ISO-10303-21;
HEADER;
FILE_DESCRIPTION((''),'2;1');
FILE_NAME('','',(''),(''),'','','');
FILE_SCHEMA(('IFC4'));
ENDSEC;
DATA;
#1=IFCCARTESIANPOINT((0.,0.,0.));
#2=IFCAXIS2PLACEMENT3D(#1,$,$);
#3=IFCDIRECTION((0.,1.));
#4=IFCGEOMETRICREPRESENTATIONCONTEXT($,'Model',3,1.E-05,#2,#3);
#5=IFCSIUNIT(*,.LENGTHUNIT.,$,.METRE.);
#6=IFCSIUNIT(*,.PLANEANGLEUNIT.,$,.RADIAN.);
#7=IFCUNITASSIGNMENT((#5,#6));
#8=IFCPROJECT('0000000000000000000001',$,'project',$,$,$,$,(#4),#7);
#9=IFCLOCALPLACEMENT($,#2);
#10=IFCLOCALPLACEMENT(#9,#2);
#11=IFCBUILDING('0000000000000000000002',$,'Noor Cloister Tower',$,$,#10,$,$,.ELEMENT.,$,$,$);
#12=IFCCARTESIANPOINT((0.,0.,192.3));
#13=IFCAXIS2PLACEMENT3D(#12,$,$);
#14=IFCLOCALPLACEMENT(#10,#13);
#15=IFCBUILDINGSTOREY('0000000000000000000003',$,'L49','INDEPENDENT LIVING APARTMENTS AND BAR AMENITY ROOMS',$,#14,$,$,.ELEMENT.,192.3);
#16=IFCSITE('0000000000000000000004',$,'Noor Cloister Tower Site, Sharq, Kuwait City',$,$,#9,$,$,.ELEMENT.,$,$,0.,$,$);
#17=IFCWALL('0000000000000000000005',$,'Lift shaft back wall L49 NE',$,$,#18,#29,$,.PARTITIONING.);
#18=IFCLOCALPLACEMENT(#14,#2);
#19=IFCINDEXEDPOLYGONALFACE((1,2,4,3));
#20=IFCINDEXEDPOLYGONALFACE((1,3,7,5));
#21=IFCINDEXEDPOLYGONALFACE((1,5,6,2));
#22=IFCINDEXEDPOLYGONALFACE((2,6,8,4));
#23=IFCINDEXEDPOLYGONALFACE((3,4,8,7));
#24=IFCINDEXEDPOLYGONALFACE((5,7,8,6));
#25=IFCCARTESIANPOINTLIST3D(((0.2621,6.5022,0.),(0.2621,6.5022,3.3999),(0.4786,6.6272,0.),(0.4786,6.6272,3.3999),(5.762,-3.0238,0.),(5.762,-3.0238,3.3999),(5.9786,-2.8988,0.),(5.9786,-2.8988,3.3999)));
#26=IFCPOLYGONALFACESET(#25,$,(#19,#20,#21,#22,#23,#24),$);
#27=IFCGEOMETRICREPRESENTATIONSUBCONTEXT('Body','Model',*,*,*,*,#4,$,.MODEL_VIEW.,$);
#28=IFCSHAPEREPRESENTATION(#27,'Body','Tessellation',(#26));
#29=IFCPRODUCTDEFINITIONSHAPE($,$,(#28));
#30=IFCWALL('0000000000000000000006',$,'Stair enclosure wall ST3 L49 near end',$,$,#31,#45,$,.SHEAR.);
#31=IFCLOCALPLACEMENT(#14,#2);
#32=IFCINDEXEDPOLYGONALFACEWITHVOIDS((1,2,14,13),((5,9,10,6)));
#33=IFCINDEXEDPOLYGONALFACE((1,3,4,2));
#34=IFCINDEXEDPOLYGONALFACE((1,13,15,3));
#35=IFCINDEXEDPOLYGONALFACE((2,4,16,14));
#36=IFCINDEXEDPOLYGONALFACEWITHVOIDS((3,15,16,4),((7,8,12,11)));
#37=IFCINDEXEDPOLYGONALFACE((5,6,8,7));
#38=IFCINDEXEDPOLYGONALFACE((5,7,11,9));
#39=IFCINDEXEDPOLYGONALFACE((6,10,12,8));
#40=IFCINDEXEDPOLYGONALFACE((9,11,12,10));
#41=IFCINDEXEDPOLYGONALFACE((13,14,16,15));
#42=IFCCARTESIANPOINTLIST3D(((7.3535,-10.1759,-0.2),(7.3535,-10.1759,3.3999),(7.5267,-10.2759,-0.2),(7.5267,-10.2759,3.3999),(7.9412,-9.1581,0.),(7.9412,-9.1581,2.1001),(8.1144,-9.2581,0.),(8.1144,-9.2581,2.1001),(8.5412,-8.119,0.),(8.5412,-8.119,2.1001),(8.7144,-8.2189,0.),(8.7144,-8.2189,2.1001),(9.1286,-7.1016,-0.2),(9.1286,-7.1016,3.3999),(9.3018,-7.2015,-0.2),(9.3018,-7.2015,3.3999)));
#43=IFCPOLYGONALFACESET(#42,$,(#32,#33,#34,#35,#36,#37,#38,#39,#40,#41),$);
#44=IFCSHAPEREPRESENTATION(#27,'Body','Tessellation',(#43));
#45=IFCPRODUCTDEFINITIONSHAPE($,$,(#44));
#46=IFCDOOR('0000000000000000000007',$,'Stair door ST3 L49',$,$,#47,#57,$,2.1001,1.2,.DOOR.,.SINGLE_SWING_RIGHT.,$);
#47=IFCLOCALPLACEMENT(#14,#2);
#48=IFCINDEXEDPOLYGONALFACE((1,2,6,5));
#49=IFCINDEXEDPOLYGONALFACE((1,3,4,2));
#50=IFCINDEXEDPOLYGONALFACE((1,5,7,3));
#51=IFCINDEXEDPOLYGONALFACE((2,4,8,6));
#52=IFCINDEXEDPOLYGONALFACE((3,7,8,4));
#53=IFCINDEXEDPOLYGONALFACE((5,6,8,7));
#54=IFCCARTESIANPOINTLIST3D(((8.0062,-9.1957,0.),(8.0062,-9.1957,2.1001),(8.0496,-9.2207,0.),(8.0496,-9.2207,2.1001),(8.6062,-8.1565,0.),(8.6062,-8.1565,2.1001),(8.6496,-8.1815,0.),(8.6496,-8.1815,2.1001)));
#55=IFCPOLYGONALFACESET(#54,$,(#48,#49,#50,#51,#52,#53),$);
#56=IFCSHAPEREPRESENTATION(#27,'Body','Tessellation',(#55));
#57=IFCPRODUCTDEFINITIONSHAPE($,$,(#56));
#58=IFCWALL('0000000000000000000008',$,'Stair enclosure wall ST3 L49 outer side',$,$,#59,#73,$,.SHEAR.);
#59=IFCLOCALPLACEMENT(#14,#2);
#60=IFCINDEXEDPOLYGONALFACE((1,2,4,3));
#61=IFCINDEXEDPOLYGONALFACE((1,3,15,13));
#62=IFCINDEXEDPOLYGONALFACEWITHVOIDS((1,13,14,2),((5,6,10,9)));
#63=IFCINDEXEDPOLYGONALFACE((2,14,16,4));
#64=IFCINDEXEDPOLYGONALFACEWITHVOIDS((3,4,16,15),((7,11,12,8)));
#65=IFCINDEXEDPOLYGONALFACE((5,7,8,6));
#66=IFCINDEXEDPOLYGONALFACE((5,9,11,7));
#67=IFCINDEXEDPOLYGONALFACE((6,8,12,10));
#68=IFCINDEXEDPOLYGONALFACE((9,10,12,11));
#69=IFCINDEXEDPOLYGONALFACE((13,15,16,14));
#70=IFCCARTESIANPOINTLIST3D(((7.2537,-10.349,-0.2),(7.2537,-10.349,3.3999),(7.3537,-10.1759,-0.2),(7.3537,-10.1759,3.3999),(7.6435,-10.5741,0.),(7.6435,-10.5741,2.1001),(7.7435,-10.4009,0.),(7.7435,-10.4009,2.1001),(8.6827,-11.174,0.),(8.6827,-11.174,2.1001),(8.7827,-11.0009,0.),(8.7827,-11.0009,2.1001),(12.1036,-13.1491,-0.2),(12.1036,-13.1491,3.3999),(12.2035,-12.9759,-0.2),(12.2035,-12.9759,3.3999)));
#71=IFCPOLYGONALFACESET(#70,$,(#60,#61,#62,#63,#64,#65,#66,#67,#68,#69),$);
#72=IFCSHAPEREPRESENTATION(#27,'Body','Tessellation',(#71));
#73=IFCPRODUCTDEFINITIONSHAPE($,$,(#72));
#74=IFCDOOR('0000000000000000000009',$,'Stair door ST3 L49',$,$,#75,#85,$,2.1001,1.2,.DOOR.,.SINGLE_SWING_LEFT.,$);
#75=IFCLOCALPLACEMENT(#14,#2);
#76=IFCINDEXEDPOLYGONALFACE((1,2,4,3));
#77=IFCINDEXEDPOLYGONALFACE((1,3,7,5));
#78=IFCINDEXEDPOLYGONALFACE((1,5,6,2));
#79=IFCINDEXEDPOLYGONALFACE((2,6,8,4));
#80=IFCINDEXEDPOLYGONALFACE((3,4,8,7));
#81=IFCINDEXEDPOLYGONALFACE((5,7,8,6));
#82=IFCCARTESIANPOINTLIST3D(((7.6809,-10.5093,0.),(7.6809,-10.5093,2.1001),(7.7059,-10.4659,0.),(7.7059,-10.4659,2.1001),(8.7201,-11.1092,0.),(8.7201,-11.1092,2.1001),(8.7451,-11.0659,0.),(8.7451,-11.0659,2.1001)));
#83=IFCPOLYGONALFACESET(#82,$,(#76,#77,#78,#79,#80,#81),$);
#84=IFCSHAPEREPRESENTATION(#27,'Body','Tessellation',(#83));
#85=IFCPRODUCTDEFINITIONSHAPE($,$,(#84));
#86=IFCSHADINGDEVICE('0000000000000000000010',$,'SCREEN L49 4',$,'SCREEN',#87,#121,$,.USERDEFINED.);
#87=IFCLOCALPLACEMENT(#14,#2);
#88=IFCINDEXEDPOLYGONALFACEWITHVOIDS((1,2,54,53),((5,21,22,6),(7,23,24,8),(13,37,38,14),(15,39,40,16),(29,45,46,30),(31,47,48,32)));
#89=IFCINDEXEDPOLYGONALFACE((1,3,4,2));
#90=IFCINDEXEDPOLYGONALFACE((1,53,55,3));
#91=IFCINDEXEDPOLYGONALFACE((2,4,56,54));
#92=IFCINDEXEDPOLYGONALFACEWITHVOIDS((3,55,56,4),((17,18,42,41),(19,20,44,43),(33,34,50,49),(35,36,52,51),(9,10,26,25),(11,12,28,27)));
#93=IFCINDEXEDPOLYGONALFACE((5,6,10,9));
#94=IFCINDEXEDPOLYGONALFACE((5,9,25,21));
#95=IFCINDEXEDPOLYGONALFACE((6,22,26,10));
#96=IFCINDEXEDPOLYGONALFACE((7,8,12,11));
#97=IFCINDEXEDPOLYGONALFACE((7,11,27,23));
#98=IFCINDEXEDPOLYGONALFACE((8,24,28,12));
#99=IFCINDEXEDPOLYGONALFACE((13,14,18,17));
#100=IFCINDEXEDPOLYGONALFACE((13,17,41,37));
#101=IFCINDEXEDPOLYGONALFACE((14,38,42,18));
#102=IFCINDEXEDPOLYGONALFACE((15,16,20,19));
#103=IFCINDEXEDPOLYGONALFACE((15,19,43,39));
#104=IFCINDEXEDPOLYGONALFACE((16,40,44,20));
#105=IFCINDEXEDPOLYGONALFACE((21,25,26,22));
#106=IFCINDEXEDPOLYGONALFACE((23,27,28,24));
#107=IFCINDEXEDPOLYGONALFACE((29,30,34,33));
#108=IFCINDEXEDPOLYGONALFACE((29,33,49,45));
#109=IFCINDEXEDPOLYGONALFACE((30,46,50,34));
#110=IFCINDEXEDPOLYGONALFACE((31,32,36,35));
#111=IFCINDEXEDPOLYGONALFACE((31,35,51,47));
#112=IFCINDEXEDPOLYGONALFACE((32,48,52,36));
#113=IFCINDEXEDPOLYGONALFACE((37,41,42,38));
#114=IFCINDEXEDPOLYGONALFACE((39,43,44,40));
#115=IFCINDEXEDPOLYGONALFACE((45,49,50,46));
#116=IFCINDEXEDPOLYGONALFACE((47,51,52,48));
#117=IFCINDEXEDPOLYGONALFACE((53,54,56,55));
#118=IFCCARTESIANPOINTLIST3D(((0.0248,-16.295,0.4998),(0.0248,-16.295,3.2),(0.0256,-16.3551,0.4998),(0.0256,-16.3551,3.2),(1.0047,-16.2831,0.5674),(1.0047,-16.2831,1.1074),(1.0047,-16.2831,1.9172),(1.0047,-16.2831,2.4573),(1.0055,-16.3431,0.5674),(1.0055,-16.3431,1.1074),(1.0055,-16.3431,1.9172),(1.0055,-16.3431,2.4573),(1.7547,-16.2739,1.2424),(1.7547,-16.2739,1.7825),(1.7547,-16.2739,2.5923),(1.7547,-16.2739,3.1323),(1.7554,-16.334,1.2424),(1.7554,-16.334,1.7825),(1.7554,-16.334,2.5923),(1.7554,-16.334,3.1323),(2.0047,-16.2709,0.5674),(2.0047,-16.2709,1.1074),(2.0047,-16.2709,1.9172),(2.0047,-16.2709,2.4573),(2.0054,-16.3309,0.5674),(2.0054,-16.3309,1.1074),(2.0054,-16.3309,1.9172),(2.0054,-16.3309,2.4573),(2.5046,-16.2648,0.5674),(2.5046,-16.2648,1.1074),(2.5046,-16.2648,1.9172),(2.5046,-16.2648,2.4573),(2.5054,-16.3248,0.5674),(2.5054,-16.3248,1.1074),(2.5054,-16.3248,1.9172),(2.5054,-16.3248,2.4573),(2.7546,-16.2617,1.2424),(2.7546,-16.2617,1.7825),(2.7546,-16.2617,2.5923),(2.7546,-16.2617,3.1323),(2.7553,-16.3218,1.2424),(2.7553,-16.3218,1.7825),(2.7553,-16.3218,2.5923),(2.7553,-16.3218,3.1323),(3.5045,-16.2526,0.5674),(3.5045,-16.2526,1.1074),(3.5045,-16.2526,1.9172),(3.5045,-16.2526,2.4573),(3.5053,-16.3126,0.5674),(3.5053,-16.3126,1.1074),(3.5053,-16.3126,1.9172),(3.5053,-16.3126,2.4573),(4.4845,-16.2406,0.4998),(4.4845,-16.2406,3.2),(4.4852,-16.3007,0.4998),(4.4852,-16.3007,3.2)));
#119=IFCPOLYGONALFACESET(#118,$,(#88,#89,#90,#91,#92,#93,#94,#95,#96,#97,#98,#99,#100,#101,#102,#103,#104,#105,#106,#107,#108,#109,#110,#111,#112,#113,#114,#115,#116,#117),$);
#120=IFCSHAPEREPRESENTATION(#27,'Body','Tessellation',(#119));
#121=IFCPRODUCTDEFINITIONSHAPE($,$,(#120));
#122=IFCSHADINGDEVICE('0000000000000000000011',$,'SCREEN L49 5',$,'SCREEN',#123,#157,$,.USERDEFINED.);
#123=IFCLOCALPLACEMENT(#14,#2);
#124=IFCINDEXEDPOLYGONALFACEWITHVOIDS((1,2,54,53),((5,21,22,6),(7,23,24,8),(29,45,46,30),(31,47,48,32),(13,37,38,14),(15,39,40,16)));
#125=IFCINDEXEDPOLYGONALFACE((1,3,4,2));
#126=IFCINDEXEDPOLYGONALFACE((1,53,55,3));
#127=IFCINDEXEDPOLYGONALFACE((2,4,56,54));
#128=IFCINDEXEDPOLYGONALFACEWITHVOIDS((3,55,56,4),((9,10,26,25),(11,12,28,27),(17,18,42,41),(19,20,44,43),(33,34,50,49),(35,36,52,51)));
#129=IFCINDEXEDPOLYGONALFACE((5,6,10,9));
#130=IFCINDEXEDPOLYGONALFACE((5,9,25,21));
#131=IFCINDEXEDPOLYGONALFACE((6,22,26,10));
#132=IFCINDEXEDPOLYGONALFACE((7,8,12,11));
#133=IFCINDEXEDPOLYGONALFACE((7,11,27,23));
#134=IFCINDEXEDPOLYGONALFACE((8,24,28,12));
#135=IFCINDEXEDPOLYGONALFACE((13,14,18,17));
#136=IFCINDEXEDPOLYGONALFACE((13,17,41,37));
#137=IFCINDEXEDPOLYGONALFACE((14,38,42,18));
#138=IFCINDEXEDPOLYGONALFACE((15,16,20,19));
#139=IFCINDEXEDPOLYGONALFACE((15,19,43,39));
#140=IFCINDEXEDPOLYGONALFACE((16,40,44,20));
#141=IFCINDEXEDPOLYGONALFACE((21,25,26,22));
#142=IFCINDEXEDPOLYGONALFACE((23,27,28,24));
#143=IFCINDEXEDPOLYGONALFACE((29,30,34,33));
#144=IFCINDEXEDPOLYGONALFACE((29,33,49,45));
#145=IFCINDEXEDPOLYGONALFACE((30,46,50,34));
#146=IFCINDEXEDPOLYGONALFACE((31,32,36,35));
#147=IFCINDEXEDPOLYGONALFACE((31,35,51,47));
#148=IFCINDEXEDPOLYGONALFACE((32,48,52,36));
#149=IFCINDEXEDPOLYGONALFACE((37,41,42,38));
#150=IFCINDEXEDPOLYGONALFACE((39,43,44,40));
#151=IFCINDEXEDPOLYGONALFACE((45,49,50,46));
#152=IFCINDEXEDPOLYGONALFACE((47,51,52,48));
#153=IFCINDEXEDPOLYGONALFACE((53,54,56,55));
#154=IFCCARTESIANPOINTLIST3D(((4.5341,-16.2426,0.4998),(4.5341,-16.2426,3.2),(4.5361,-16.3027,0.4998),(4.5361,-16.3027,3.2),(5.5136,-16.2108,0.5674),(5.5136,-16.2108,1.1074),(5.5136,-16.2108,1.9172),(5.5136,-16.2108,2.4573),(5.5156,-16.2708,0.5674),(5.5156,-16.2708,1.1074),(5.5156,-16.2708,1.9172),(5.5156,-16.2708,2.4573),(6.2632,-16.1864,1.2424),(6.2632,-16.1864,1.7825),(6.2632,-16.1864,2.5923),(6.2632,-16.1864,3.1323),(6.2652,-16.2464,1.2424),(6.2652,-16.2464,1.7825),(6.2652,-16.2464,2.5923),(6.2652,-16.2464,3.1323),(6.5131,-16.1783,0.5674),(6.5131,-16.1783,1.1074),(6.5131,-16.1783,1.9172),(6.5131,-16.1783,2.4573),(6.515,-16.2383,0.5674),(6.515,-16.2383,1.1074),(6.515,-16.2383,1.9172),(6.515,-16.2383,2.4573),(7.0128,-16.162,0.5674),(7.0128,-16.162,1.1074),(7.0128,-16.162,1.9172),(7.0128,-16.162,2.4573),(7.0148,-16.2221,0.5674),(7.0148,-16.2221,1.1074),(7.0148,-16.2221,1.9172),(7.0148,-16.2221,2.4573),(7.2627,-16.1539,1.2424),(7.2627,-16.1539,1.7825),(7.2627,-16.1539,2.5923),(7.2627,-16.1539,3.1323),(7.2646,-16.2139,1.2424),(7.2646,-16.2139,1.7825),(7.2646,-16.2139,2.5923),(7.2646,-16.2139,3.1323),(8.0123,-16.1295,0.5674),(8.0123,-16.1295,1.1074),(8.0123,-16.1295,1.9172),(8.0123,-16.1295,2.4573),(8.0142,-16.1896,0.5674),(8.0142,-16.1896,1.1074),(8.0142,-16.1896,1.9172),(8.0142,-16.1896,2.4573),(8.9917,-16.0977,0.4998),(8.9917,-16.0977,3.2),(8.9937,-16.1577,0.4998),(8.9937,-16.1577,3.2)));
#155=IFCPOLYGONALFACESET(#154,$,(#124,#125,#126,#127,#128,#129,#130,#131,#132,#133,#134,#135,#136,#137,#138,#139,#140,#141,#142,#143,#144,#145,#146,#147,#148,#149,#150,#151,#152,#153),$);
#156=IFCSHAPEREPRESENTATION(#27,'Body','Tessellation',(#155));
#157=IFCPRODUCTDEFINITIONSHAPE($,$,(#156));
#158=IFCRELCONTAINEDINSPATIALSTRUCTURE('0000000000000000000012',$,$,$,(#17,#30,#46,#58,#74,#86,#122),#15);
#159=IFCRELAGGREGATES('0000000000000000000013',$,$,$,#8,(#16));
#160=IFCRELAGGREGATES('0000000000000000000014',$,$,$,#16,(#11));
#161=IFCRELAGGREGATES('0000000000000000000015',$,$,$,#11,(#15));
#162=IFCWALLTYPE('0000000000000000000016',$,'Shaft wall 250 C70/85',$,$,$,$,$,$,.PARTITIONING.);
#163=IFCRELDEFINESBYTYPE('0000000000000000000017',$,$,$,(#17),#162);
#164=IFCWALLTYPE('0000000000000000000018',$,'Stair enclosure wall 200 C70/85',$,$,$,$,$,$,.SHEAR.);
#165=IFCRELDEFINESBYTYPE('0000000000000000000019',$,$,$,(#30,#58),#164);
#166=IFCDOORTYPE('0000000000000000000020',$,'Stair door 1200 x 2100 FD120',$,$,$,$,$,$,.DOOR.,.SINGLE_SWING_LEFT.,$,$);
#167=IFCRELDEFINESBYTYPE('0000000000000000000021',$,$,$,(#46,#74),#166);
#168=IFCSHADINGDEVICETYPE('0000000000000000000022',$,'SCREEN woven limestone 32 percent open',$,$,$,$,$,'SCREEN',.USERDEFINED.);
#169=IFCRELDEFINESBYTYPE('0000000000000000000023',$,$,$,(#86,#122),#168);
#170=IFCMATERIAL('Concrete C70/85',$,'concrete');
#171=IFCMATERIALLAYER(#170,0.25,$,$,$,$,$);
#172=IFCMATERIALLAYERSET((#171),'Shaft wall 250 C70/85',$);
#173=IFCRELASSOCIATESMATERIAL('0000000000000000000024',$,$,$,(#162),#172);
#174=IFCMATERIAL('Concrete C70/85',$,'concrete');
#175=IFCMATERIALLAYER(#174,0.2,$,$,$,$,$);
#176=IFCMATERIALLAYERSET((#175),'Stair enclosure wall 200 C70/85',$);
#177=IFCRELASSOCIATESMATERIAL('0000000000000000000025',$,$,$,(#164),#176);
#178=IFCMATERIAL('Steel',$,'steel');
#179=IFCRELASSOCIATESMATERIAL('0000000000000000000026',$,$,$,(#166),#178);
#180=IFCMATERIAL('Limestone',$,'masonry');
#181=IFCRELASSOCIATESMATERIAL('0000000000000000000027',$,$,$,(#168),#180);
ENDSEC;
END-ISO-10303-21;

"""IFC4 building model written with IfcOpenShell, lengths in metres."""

from ifc_helpers import new_model, si_unit, direction, frame, frame_2d, origin, place, context, subcontext, project, spatial, polyline, rectangle, outline, extrude, material, layer, layer_set, material_profile, profile_set, type_object, element, fill, save


model = new_model("IFC4")

# Units and contexts
model_context = context("Model", 3, precision=1e-05, world=origin(), true_north=direction((0.0, 1.0)))
body_context = subcontext(model_context, "Body", "Model", "MODEL_VIEW")
ifc_project = project(units=[si_unit("LENGTHUNIT", "METRE"), si_unit("PLANEANGLEUNIT", "RADIAN")], contexts=[model_context])

# Site, building, storey
site_placement = place(None, origin())
site = spatial("IfcSite", under=ifc_project, at=site_placement, Name="Noor Cloister Tower Site, Sharq, Kuwait City", CompositionType="ELEMENT", RefElevation=0.0)
building_placement = place(site_placement, origin())
building = spatial("IfcBuilding", under=site, at=building_placement, Name="Noor Cloister Tower", CompositionType="ELEMENT")
storey_placement = place(building_placement, frame((0.0, 0.0, 192.3)))
storey = spatial("IfcBuildingStorey", under=building, at=storey_placement, Name="L49", Description="INDEPENDENT LIVING APARTMENTS AND BAR AMENITY ROOMS", CompositionType="ELEMENT", Elevation=192.3)

# Wall
ifc_material_1 = material(Name="Concrete C70/85", Category="concrete")
ifc_layer_1 = layer(ifc_material_1, 0.25)
ifc_layer_set_1 = layer_set([ifc_layer_1], Name="Shaft wall 250 C70/85")
wall_type_1 = type_object("IfcWallType", Name="Shaft wall 250 C70/85", PredefinedType="PARTITIONING", material=ifc_layer_set_1)
wall_1_placement = place(storey_placement, frame((5.8704, -2.9614, 0.0), z_axis=(0.0, 0.0, 1.0), x_axis=(-0.500006, 0.866022, 0.0)))
element("IfcWall", 1, at=wall_1_placement, inside=storey, type_object=wall_type_1, Name="Lift shaft back wall L49 NE", PredefinedType="PARTITIONING", context=body_context, shape_type="SweptSolid", body=[
    extrude(rectangle(XDim=10.9998, YDim=0.25, at=frame_2d((5.5, 0.0))), origin(), (0.0, 0.0, 1.0), 3.3999),
])

# Walls, openings, doors
ifc_material_2 = material(Name="Concrete C70/85", Category="concrete")
ifc_layer_2 = layer(ifc_material_2, 0.2)
ifc_layer_set_2 = layer_set([ifc_layer_2], Name="Stair enclosure wall 200 C70/85")
wall_type_2 = type_object("IfcWallType", Name="Stair enclosure wall 200 C70/85", PredefinedType="SHEAR", material=ifc_layer_set_2)
wall_2_placement = place(storey_placement, frame((7.4402, -10.2258, -0.2), z_axis=(0.0, 0.0, 1.0), x_axis=(0.500022, 0.866013, 0.0)))
wall_2 = element("IfcWall", 2, at=wall_2_placement, inside=storey, type_object=wall_type_2, Name="Stair enclosure wall ST3 L49 near end", PredefinedType="SHEAR", context=body_context, shape_type="SweptSolid", body=[
    extrude(rectangle(XDim=3.55, YDim=0.2, at=frame_2d((1.7749, 0.0))), origin(), (0.0, 0.0, 1.0), 3.5999),
])
opening_1_placement = place(wall_2_placement, frame((1.175, 0.0, 0.2)))
opening_1 = element("IfcOpeningElement", 3, at=opening_1_placement, cuts=wall_2, PredefinedType="OPENING", context=body_context, shape_type="SweptSolid", body=[
    extrude(rectangle(XDim=1.2, YDim=2.1001, at=frame_2d((0.6001, 1.05))), frame((0.0, 0.1099, 0.0), z_axis=(0.0, -1.0, 0.0), x_axis=(1.0, 0.0, 0.0)), (0.0, 0.0, 1.0), 0.22),
])
ifc_material_3 = material(Name="Steel", Category="steel")
door_type_1 = type_object("IfcDoorType", Name="Stair door 1200 x 2100 FD120", OperationType="SINGLE_SWING_LEFT", PredefinedType="DOOR", material=ifc_material_3)
door_1_placement = place(opening_1_placement, origin())
door_1 = element("IfcDoor", 4, at=door_1_placement, inside=storey, type_object=door_type_1, Name="Stair door ST3 L49", OperationType="SINGLE_SWING_RIGHT", OverallHeight=2.1001, OverallWidth=1.2, PredefinedType="DOOR", context=body_context, shape_type="SweptSolid", body=[
    extrude(rectangle(XDim=1.2, YDim=2.1001, at=frame_2d((0.6001, 1.05))), frame((0.0, 0.0249, 0.0), z_axis=(0.0, -1.0, 0.0), x_axis=(1.0, 0.0, 0.0)), (0.0, 0.0, 1.0), 0.05),
])
fill(opening_1, door_1)
wall_3_placement = place(storey_placement, frame((7.3037, -10.2625, -0.2), z_axis=(0.0, 0.0, 1.0), x_axis=(0.866027, -0.499998, 0.0)))
wall_3 = element("IfcWall", 5, at=wall_3_placement, inside=storey, type_object=wall_type_2, Name="Stair enclosure wall ST3 L49 outer side", PredefinedType="SHEAR", context=body_context, shape_type="SweptSolid", body=[
    extrude(rectangle(XDim=5.6001, YDim=0.2, at=frame_2d((2.8, 0.0))), origin(), (0.0, 0.0, 1.0), 3.5999),
])
opening_2_placement = place(wall_3_placement, frame((0.45, 0.0, 0.2)))
opening_2 = element("IfcOpeningElement", 6, at=opening_2_placement, cuts=wall_3, PredefinedType="OPENING", context=body_context, shape_type="SweptSolid", body=[
    extrude(rectangle(XDim=1.2, YDim=2.1001, at=frame_2d((0.6001, 1.05))), frame((0.0, 0.1099, 0.0), z_axis=(0.0, -1.0, 0.0), x_axis=(1.0, 0.0, 0.0)), (0.0, 0.0, 1.0), 0.22),
])
door_2_placement = place(opening_2_placement, origin())
door_2 = element("IfcDoor", 7, at=door_2_placement, inside=storey, type_object=door_type_1, Name="Stair door ST3 L49", OperationType="SINGLE_SWING_LEFT", OverallHeight=2.1001, OverallWidth=1.2, PredefinedType="DOOR", context=body_context, shape_type="SweptSolid", body=[
    extrude(rectangle(XDim=1.2, YDim=2.1001, at=frame_2d((0.6001, 1.05))), frame((0.0, 0.0249, 0.0), z_axis=(0.0, -1.0, 0.0), x_axis=(1.0, 0.0, 0.0)), (0.0, 0.0, 1.0), 0.05),
])
fill(opening_2, door_2)

# Shading devices
ifc_material_4 = material(Name="Limestone", Category="masonry")
ifc_material_profile_1 = material_profile(ifc_material_4, outline(polyline([(-2.23, -1.3501), (2.23, -1.3501), (2.23, 1.3501), (-2.23, 1.3501), (-2.23, -1.3501)]), holes=[polyline([(-1.25, -1.2825), (-0.25, -1.2825), (-0.25, -0.7424), (-1.25, -0.7424), (-1.25, -1.2825)]), polyline([(0.25, -1.2825), (1.25, -1.2825), (1.25, -0.7424), (0.25, -0.7424), (0.25, -1.2825)]), polyline([(-0.5, -0.6074), (0.5, -0.6074), (0.5, -0.0674), (-0.5, -0.0674), (-0.5, -0.6074)]), polyline([(-1.25, 0.0674), (-0.25, 0.0674), (-0.25, 0.6074), (-1.25, 0.6074), (-1.25, 0.0674)]), polyline([(0.25, 0.0674), (1.25, 0.0674), (1.25, 0.6074), (0.25, 0.6074), (0.25, 0.0674)]), polyline([(-0.5, 0.7424), (0.5, 0.7424), (0.5, 1.2825), (-0.5, 1.2825), (-0.5, 0.7424)])]), Name="Woven screen 32 percent open")
ifc_profile_set_1 = profile_set([ifc_material_profile_1], Name="Limestone")
shading_device_type_1 = type_object("IfcShadingDeviceType", Name="SCREEN woven limestone 32 percent open", ElementType="SCREEN", PredefinedType="USERDEFINED", material=ifc_profile_set_1)
for number, where, z_axis, x_axis, name in (
    (8, (2.2546, -16.2678, 1.8499), (0.012194, -0.999926, 0.0), (0.999926, 0.012194, 0.0), "SCREEN L49 4"),
    (9, (6.7629, -16.1702, 1.8499), (0.032503, -0.999472, 0.0), (0.999472, 0.032503, 0.0), "SCREEN L49 5"),
):
    element("IfcShadingDevice", number, at=place(storey_placement, frame(where, z_axis=z_axis, x_axis=x_axis)), inside=storey, type_object=shading_device_type_1, Name=name, ObjectType="SCREEN", PredefinedType="USERDEFINED", context=body_context, shape_type="SweptSolid", body=[
        extrude(outline(polyline([(-2.23, -1.3501), (2.23, -1.3501), (2.23, 1.3501), (-2.23, 1.3501), (-2.23, -1.3501)]), holes=[polyline([(-1.25, -1.2825), (-0.25, -1.2825), (-0.25, -0.7424), (-1.25, -0.7424), (-1.25, -1.2825)]), polyline([(0.25, -1.2825), (1.25, -1.2825), (1.25, -0.7424), (0.25, -0.7424), (0.25, -1.2825)]), polyline([(-0.5, -0.6074), (0.5, -0.6074), (0.5, -0.0674), (-0.5, -0.0674), (-0.5, -0.6074)]), polyline([(-1.25, 0.0674), (-0.25, 0.0674), (-0.25, 0.6074), (-1.25, 0.6074), (-1.25, 0.0674)]), polyline([(0.25, 0.0674), (1.25, 0.0674), (1.25, 0.6074), (0.25, 0.6074), (0.25, 0.0674)]), polyline([(-0.5, 0.7424), (0.5, 0.7424), (0.5, 1.2825), (-0.5, 1.2825), (-0.5, 0.7424)])]), origin(), (0.0, 0.0, 1.0), 0.0601),
    ])

save(model, "model.ifc")
